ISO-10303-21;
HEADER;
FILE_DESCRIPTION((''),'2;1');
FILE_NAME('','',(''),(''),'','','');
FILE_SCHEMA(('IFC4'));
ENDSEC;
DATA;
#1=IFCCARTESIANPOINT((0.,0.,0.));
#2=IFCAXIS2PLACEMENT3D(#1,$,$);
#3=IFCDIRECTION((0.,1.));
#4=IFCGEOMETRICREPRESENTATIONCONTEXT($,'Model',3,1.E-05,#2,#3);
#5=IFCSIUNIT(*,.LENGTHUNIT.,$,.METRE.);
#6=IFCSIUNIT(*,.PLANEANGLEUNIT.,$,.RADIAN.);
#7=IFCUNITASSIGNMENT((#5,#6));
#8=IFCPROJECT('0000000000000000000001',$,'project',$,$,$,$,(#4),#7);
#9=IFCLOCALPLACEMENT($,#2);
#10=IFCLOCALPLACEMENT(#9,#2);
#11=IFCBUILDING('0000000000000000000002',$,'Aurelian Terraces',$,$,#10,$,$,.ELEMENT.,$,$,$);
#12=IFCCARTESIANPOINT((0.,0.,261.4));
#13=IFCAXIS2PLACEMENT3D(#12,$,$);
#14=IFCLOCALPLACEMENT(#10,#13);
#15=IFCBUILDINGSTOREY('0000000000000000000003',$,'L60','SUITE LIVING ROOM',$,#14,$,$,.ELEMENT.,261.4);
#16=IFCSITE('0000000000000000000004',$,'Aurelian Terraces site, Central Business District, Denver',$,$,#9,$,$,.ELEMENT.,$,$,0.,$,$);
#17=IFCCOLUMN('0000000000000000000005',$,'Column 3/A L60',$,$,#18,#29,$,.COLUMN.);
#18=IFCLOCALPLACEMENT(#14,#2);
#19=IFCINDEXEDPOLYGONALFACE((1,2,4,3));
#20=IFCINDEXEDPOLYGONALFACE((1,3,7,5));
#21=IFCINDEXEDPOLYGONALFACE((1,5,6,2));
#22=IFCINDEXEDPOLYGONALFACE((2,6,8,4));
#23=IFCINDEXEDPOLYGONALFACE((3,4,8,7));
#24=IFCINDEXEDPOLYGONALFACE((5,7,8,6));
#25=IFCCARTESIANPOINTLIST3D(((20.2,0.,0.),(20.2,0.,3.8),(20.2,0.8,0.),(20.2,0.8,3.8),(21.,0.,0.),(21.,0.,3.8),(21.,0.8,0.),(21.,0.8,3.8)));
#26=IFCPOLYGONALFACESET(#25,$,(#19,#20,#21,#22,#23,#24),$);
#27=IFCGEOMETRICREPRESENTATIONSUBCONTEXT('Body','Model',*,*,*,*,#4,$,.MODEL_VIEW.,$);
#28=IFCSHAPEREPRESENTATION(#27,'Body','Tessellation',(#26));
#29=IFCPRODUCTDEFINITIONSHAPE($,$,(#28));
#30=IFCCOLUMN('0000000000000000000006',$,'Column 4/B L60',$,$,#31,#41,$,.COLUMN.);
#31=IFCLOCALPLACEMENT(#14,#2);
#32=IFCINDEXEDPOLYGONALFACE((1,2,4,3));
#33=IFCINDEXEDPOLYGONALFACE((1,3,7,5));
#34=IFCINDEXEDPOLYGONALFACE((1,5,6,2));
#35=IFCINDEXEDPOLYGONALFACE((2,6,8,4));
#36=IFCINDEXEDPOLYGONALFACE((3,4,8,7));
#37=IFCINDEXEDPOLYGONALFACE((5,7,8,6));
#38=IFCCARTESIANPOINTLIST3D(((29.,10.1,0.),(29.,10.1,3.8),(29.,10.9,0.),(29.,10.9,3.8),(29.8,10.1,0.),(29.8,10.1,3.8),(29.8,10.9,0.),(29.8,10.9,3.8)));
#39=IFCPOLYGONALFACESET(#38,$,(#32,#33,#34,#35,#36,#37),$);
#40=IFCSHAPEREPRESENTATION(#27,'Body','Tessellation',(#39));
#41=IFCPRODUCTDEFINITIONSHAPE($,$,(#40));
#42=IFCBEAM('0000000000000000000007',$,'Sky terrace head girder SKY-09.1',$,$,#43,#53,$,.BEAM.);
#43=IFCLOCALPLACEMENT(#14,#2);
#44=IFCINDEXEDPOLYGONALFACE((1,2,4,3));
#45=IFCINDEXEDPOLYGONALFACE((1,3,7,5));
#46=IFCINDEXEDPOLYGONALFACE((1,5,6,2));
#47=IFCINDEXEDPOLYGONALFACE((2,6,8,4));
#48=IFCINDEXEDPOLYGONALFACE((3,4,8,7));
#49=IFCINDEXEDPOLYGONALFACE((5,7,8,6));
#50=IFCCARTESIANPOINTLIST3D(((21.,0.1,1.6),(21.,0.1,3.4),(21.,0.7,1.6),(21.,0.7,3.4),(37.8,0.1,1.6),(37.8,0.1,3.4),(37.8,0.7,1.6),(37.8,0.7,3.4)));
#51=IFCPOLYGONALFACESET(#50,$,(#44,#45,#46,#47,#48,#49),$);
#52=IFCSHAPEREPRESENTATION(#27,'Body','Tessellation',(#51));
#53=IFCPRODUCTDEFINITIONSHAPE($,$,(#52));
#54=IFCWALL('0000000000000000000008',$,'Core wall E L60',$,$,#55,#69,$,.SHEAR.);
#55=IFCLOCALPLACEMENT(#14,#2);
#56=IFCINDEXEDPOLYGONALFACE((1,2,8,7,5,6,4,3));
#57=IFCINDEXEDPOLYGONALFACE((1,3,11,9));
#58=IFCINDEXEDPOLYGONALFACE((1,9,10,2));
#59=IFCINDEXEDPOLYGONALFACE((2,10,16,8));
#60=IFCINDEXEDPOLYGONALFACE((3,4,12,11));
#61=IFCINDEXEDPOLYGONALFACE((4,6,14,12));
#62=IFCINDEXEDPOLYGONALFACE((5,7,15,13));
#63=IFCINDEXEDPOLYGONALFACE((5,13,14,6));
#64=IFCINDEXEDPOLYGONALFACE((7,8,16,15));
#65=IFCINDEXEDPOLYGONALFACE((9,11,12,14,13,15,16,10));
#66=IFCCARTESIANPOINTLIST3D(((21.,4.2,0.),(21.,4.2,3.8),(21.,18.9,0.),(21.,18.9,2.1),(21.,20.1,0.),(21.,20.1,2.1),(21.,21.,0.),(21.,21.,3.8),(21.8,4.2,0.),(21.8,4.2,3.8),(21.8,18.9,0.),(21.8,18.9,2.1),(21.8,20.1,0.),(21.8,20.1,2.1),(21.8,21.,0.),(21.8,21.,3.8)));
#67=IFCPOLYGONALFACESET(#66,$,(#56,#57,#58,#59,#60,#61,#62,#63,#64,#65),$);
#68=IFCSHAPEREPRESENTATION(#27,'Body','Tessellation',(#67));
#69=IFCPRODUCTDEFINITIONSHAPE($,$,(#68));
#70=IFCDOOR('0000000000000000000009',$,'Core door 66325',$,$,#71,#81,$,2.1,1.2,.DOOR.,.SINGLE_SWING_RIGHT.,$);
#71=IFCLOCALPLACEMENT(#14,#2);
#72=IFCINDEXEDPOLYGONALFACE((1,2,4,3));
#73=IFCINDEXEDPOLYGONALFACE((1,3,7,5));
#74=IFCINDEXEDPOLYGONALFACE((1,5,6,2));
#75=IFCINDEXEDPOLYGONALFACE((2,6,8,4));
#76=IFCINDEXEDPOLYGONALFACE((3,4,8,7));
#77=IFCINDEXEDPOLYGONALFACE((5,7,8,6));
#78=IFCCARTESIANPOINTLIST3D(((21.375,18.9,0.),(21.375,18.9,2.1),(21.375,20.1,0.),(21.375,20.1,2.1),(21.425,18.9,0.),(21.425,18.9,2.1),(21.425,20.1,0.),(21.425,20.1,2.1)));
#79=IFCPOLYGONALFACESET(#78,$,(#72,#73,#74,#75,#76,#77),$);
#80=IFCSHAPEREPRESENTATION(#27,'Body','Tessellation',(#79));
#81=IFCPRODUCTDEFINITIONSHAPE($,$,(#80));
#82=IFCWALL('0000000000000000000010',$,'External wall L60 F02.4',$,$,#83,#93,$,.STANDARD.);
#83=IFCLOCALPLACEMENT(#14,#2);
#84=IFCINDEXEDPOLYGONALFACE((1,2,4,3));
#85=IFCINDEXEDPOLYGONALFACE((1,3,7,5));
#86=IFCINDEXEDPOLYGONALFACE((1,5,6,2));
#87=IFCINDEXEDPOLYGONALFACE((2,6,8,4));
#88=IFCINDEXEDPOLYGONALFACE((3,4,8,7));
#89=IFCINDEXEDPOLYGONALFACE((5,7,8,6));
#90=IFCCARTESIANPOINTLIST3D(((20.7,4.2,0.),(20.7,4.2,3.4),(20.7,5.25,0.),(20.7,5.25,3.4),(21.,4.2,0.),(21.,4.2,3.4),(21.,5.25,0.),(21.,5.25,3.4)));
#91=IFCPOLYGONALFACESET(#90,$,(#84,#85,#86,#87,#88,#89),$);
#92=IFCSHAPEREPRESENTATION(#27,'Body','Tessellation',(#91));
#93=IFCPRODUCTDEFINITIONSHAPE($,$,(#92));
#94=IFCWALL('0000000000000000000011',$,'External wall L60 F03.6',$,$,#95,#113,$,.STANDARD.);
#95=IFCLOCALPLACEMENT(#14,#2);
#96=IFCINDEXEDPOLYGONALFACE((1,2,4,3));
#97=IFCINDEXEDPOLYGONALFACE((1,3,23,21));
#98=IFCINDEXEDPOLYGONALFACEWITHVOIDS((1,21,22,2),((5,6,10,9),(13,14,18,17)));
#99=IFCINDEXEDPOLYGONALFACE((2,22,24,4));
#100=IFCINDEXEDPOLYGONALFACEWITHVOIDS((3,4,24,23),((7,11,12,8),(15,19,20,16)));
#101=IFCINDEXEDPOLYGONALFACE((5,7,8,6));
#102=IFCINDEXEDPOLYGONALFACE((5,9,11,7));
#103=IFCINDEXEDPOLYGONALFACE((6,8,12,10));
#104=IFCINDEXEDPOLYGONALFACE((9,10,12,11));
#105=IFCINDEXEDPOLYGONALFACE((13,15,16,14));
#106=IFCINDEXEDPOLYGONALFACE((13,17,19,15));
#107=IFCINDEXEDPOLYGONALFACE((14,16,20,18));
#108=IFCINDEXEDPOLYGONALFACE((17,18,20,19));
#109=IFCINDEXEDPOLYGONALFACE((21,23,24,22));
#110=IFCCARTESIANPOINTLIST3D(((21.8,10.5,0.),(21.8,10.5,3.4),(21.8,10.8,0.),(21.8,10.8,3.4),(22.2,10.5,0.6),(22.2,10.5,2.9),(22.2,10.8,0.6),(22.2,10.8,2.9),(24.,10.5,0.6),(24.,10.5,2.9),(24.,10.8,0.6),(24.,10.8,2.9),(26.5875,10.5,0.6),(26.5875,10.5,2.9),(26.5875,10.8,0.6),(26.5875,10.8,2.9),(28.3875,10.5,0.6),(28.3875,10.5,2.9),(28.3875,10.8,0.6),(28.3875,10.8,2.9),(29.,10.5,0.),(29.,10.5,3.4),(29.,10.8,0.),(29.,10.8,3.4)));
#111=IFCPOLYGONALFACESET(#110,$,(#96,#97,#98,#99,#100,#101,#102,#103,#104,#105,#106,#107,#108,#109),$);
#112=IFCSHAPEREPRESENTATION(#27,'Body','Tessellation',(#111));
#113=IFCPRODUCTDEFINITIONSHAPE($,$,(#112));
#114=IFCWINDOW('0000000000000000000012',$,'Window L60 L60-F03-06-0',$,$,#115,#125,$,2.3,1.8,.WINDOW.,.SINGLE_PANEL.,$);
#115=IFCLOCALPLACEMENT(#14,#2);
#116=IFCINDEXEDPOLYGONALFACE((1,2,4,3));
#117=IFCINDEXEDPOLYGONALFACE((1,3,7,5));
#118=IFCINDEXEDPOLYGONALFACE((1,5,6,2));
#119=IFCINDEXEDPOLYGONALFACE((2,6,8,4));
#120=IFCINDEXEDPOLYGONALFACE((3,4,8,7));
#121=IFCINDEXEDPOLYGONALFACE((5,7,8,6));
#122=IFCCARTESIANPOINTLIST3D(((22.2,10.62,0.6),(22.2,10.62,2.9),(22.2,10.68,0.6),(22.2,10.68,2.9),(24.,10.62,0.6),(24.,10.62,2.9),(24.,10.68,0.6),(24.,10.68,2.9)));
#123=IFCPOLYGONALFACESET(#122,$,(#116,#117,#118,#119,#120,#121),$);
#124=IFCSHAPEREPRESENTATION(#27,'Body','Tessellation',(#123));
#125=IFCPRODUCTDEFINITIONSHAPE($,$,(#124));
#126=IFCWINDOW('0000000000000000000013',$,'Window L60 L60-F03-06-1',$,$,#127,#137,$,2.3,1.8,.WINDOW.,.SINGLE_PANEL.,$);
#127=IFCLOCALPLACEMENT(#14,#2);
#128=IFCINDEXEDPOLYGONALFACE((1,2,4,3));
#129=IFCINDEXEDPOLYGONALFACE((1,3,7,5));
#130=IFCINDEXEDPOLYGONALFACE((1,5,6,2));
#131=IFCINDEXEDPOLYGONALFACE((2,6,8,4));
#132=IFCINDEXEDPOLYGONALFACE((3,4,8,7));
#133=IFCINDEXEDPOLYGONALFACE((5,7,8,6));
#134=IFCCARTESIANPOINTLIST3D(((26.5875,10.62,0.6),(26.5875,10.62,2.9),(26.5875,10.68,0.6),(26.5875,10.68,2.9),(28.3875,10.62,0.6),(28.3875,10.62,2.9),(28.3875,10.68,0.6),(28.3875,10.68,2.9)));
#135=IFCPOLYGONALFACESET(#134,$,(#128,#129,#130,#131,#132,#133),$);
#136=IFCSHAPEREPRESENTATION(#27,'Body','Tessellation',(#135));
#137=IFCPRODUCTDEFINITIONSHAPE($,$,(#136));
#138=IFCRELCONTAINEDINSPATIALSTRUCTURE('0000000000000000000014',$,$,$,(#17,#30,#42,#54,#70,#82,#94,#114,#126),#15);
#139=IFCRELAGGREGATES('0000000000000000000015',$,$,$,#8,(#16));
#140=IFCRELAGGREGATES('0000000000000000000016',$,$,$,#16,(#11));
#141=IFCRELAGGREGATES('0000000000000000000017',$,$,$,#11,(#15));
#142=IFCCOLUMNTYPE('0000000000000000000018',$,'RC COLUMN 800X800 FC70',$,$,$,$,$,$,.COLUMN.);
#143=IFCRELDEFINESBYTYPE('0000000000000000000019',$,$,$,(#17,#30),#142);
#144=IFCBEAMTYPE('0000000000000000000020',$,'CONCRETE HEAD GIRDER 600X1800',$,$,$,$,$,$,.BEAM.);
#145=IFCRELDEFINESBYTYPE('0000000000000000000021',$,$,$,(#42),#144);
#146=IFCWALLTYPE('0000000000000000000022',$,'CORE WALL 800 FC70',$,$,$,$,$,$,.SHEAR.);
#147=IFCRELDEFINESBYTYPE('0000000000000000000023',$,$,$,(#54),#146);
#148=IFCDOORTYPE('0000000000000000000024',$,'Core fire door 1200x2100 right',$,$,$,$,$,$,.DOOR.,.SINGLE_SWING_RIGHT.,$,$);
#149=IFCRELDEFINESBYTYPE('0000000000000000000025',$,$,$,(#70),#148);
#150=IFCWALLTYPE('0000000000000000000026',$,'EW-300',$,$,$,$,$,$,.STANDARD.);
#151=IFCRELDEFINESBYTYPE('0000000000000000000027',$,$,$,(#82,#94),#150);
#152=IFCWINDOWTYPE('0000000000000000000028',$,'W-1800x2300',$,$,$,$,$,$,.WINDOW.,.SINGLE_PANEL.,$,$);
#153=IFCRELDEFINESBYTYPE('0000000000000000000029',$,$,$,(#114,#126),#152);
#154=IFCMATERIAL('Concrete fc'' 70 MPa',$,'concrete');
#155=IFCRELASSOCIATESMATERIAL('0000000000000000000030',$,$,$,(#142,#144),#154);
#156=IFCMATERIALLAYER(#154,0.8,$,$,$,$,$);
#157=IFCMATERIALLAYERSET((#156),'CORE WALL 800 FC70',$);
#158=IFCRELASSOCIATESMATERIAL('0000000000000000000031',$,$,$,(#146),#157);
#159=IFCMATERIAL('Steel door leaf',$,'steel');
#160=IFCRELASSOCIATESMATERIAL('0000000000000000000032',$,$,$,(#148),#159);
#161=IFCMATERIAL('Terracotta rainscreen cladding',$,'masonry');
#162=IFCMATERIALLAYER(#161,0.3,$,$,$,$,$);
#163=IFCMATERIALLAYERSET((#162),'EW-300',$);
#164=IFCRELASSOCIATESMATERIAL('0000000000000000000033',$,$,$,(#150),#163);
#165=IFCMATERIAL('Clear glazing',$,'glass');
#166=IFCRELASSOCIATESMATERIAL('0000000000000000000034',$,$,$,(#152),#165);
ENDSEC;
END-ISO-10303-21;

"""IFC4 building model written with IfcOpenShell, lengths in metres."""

from ifc_helpers import new_model, si_unit, direction, frame, frame_2d, origin, origin_2d, place, context, subcontext, project, spatial, rectangle, extrude, source, transform, mapped, material, layer, layer_set, material_profile, profile_set, type_object, element, fill, save


model = new_model("IFC4")

# Units and contexts
model_context = context("Model", 3, precision=1e-05, world=origin(), true_north=direction((0.0, 1.0)))
body_context = subcontext(model_context, "Body", "Model", "MODEL_VIEW")
ifc_project = project(units=[si_unit("LENGTHUNIT", "METRE"), si_unit("PLANEANGLEUNIT", "RADIAN")], contexts=[model_context])

# Site, building, storey
site_placement = place(None, origin())
site = spatial("IfcSite", under=ifc_project, at=site_placement, Name="Aurelian Terraces site, Central Business District, Denver", CompositionType="ELEMENT", RefElevation=0.0)
building_placement = place(site_placement, origin())
building = spatial("IfcBuilding", under=site, at=building_placement, Name="Aurelian Terraces", CompositionType="ELEMENT")
storey_placement = place(building_placement, frame((0.0, 0.0, 261.4)))
storey = spatial("IfcBuildingStorey", under=building, at=storey_placement, Name="L60", Description="SUITE LIVING ROOM", CompositionType="ELEMENT", Elevation=261.4)

# Columns
ifc_material_1 = material(Name="Concrete fc' 70 MPa", Category="concrete")
ifc_material_profile_1 = material_profile(ifc_material_1, rectangle(XDim=0.8, YDim=0.8, at=origin_2d()))
ifc_profile_set_1 = profile_set([ifc_material_profile_1], Name="Concrete fc' 70 MPa")
column_type = type_object("IfcColumnType", Name="RC COLUMN 800X800 FC70", PredefinedType="COLUMN", material=ifc_profile_set_1)
shared_shape_1 = source(origin(), body_context, "Body", "SweptSolid", [
    extrude(rectangle(XDim=0.8, YDim=0.8, at=origin_2d()), origin(), (0.0, 0.0, 1.0), 3.8),
])
for number, where, z_axis, x_axis, name in (
    (1, (20.6, 0.4, 0.0), (0.0, 0.0, 1.0), (1.0, 0.0, 0.0), "Column 3/A L60"),
    (2, (29.4, 10.5, 0.0), (0.0, 0.0, 1.0), (1.0, 0.0, 0.0), "Column 4/B L60"),
):
    element("IfcColumn", number, at=place(storey_placement, frame(where, z_axis=z_axis, x_axis=x_axis)), inside=storey, type_object=column_type, Name=name, PredefinedType="COLUMN", context=body_context, shape_type="MappedRepresentation", body=[
        mapped(shared_shape_1, transform((0.0, 0.0, 0.0), scale=1.0)),
    ])

# Beam
ifc_material_profile_2 = material_profile(ifc_material_1, rectangle(XDim=0.6, YDim=1.8, at=origin_2d()))
ifc_profile_set_2 = profile_set([ifc_material_profile_2], Name="Concrete fc' 70 MPa")
beam_type = type_object("IfcBeamType", Name="CONCRETE HEAD GIRDER 600X1800", PredefinedType="BEAM", material=ifc_profile_set_2)
shared_shape_2 = source(origin(), body_context, "Body", "SweptSolid", [
    extrude(rectangle(XDim=0.6, YDim=1.8, at=origin_2d()), origin(), (0.0, 0.0, 1.0), 16.8),
])
beam_placement = place(storey_placement, frame((21.0, 0.4, 2.5), z_axis=(1.0, 0.0, 0.0), x_axis=(0.0, 1.0, 0.0)))
element("IfcBeam", 3, at=beam_placement, inside=storey, type_object=beam_type, Name="Sky terrace head girder SKY-09.1", PredefinedType="BEAM", context=body_context, shape_type="MappedRepresentation", body=[
    mapped(shared_shape_2, transform((0.0, 0.0, 0.0), scale=1.0)),
])

# Wall, opening, door
ifc_layer_1 = layer(ifc_material_1, 0.8)
ifc_layer_set_1 = layer_set([ifc_layer_1], Name="CORE WALL 800 FC70")
wall_type_1 = type_object("IfcWallType", Name="CORE WALL 800 FC70", PredefinedType="SHEAR", material=ifc_layer_set_1)
shared_shape_3 = source(origin(), body_context, "Body", "SweptSolid", [
    extrude(rectangle(XDim=16.8, YDim=0.8, at=frame_2d((8.4, 0.0))), origin(), (0.0, 0.0, 1.0), 3.8),
])
wall_1_placement = place(storey_placement, frame((21.4, 4.2, 0.0), z_axis=(0.0, 0.0, 1.0), x_axis=(0.0, 1.0, 0.0)))
wall_1 = element("IfcWall", 4, at=wall_1_placement, inside=storey, type_object=wall_type_1, Name="Core wall E L60", PredefinedType="SHEAR", context=body_context, shape_type="MappedRepresentation", body=[
    mapped(shared_shape_3, transform((0.0, 0.0, 0.0), scale=1.0)),
])
shared_shape_4 = source(origin(), body_context, "Body", "SweptSolid", [
    extrude(rectangle(XDim=1.2, YDim=2.1, at=frame_2d((0.6, 1.05))), frame((0.0, 0.41, 0.0), z_axis=(0.0, -1.0, 0.0), x_axis=(1.0, 0.0, 0.0)), (0.0, 0.0, 1.0), 0.82),
])
opening_1_placement = place(wall_1_placement, frame((14.7, 0.0, 0.0)))
opening_1 = element("IfcOpeningElement", 5, at=opening_1_placement, cuts=wall_1, PredefinedType="OPENING", context=body_context, shape_type="MappedRepresentation", body=[
    mapped(shared_shape_4, transform((0.0, 0.0, 0.0), scale=1.0)),
])
ifc_material_2 = material(Name="Steel door leaf", Category="steel")
door_type_1 = type_object("IfcDoorType", Name="Core fire door 1200x2100 right", OperationType="SINGLE_SWING_RIGHT", PredefinedType="DOOR", material=ifc_material_2)
shared_shape_5 = source(origin(), body_context, "Body", "SweptSolid", [
    extrude(rectangle(XDim=1.2, YDim=2.1, at=frame_2d((0.6, 1.05))), frame((0.0, 0.025, 0.0), z_axis=(0.0, -1.0, 0.0), x_axis=(1.0, 0.0, 0.0)), (0.0, 0.0, 1.0), 0.05),
])
door_1_placement = place(opening_1_placement, origin())
door_1 = element("IfcDoor", 6, at=door_1_placement, inside=storey, type_object=door_type_1, Name="Core door 66325", OperationType="SINGLE_SWING_RIGHT", OverallHeight=2.1, OverallWidth=1.2, PredefinedType="DOOR", context=body_context, shape_type="MappedRepresentation", body=[
    mapped(shared_shape_5, transform((0.0, 0.0, 0.0), scale=1.0)),
])
fill(opening_1, door_1)

# Wall
ifc_material_3 = material(Name="Terracotta rainscreen cladding", Category="masonry")
ifc_layer_2 = layer(ifc_material_3, 0.3)
ifc_layer_set_2 = layer_set([ifc_layer_2], Name="EW-300")
wall_type_2 = type_object("IfcWallType", Name="EW-300", PredefinedType="STANDARD", material=ifc_layer_set_2)
shared_shape_6 = source(origin(), body_context, "Body", "SweptSolid", [
    extrude(rectangle(XDim=1.05, YDim=0.3, at=frame_2d((0.525, 0.0))), origin(), (0.0, 0.0, 1.0), 3.4),
])
wall_2_placement = place(storey_placement, frame((20.85, 4.2, 0.0), z_axis=(0.0, 0.0, 1.0), x_axis=(0.0, 1.0, 0.0)))
element("IfcWall", 7, at=wall_2_placement, inside=storey, type_object=wall_type_2, Name="External wall L60 F02.4", PredefinedType="STANDARD", context=body_context, shape_type="MappedRepresentation", body=[
    mapped(shared_shape_6, transform((0.0, 0.0, 0.0), scale=1.0)),
])

# Wall, openings, windows
shared_shape_7 = source(origin(), body_context, "Body", "SweptSolid", [
    extrude(rectangle(XDim=7.2, YDim=0.3, at=frame_2d((3.6, 0.0))), origin(), (0.0, 0.0, 1.0), 3.4),
])
wall_3_placement = place(storey_placement, frame((21.8, 10.65, 0.0), z_axis=(0.0, 0.0, 1.0), x_axis=(1.0, 0.0, 0.0)))
wall_3 = element("IfcWall", 8, at=wall_3_placement, inside=storey, type_object=wall_type_2, Name="External wall L60 F03.6", PredefinedType="STANDARD", context=body_context, shape_type="MappedRepresentation", body=[
    mapped(shared_shape_7, transform((0.0, 0.0, 0.0), scale=1.0)),
])
shared_shape_8 = source(origin(), body_context, "Body", "SweptSolid", [
    extrude(rectangle(XDim=1.8, YDim=2.3, at=frame_2d((0.9, 1.15))), frame((0.0, 0.16, 0.0), z_axis=(0.0, -1.0, 0.0), x_axis=(1.0, 0.0, 0.0)), (0.0, 0.0, 1.0), 0.32),
])
opening_2_placement = place(wall_3_placement, frame((0.4, 0.0, 0.6)))
opening_2 = element("IfcOpeningElement", 9, at=opening_2_placement, cuts=wall_3, PredefinedType="OPENING", context=body_context, shape_type="MappedRepresentation", body=[
    mapped(shared_shape_8, transform((0.0, 0.0, 0.0), scale=1.0)),
])
opening_3_placement = place(wall_3_placement, frame((4.7875, 0.0, 0.6)))
opening_3 = element("IfcOpeningElement", 10, at=opening_3_placement, cuts=wall_3, PredefinedType="OPENING", context=body_context, shape_type="MappedRepresentation", body=[
    mapped(shared_shape_8, transform((0.0, 0.0, 0.0), scale=1.0)),
])
ifc_material_4 = material(Name="Clear glazing", Category="glass")
window_type_1 = type_object("IfcWindowType", Name="W-1800x2300", PartitioningType="SINGLE_PANEL", PredefinedType="WINDOW", material=ifc_material_4)
shared_shape_9 = source(origin(), body_context, "Body", "SweptSolid", [
    extrude(rectangle(XDim=1.8, YDim=2.3, at=frame_2d((0.9, 1.15))), frame((0.0, 0.03, 0.0), z_axis=(0.0, -1.0, 0.0), x_axis=(1.0, 0.0, 0.0)), (0.0, 0.0, 1.0), 0.06),
])
window_1_placement = place(opening_2_placement, origin())
window_1 = element("IfcWindow", 11, at=window_1_placement, inside=storey, type_object=window_type_1, Name="Window L60 L60-F03-06-0", OverallHeight=2.3, OverallWidth=1.8, PartitioningType="SINGLE_PANEL", PredefinedType="WINDOW", context=body_context, shape_type="MappedRepresentation", body=[
    mapped(shared_shape_9, transform((0.0, 0.0, 0.0), scale=1.0)),
])
fill(opening_2, window_1)
window_2_placement = place(opening_3_placement, origin())
window_2 = element("IfcWindow", 12, at=window_2_placement, inside=storey, type_object=window_type_1, Name="Window L60 L60-F03-06-1", OverallHeight=2.3, OverallWidth=1.8, PartitioningType="SINGLE_PANEL", PredefinedType="WINDOW", context=body_context, shape_type="MappedRepresentation", body=[
    mapped(shared_shape_9, transform((0.0, 0.0, 0.0), scale=1.0)),
])
fill(opening_3, window_2)

save(model, "model.ifc")
